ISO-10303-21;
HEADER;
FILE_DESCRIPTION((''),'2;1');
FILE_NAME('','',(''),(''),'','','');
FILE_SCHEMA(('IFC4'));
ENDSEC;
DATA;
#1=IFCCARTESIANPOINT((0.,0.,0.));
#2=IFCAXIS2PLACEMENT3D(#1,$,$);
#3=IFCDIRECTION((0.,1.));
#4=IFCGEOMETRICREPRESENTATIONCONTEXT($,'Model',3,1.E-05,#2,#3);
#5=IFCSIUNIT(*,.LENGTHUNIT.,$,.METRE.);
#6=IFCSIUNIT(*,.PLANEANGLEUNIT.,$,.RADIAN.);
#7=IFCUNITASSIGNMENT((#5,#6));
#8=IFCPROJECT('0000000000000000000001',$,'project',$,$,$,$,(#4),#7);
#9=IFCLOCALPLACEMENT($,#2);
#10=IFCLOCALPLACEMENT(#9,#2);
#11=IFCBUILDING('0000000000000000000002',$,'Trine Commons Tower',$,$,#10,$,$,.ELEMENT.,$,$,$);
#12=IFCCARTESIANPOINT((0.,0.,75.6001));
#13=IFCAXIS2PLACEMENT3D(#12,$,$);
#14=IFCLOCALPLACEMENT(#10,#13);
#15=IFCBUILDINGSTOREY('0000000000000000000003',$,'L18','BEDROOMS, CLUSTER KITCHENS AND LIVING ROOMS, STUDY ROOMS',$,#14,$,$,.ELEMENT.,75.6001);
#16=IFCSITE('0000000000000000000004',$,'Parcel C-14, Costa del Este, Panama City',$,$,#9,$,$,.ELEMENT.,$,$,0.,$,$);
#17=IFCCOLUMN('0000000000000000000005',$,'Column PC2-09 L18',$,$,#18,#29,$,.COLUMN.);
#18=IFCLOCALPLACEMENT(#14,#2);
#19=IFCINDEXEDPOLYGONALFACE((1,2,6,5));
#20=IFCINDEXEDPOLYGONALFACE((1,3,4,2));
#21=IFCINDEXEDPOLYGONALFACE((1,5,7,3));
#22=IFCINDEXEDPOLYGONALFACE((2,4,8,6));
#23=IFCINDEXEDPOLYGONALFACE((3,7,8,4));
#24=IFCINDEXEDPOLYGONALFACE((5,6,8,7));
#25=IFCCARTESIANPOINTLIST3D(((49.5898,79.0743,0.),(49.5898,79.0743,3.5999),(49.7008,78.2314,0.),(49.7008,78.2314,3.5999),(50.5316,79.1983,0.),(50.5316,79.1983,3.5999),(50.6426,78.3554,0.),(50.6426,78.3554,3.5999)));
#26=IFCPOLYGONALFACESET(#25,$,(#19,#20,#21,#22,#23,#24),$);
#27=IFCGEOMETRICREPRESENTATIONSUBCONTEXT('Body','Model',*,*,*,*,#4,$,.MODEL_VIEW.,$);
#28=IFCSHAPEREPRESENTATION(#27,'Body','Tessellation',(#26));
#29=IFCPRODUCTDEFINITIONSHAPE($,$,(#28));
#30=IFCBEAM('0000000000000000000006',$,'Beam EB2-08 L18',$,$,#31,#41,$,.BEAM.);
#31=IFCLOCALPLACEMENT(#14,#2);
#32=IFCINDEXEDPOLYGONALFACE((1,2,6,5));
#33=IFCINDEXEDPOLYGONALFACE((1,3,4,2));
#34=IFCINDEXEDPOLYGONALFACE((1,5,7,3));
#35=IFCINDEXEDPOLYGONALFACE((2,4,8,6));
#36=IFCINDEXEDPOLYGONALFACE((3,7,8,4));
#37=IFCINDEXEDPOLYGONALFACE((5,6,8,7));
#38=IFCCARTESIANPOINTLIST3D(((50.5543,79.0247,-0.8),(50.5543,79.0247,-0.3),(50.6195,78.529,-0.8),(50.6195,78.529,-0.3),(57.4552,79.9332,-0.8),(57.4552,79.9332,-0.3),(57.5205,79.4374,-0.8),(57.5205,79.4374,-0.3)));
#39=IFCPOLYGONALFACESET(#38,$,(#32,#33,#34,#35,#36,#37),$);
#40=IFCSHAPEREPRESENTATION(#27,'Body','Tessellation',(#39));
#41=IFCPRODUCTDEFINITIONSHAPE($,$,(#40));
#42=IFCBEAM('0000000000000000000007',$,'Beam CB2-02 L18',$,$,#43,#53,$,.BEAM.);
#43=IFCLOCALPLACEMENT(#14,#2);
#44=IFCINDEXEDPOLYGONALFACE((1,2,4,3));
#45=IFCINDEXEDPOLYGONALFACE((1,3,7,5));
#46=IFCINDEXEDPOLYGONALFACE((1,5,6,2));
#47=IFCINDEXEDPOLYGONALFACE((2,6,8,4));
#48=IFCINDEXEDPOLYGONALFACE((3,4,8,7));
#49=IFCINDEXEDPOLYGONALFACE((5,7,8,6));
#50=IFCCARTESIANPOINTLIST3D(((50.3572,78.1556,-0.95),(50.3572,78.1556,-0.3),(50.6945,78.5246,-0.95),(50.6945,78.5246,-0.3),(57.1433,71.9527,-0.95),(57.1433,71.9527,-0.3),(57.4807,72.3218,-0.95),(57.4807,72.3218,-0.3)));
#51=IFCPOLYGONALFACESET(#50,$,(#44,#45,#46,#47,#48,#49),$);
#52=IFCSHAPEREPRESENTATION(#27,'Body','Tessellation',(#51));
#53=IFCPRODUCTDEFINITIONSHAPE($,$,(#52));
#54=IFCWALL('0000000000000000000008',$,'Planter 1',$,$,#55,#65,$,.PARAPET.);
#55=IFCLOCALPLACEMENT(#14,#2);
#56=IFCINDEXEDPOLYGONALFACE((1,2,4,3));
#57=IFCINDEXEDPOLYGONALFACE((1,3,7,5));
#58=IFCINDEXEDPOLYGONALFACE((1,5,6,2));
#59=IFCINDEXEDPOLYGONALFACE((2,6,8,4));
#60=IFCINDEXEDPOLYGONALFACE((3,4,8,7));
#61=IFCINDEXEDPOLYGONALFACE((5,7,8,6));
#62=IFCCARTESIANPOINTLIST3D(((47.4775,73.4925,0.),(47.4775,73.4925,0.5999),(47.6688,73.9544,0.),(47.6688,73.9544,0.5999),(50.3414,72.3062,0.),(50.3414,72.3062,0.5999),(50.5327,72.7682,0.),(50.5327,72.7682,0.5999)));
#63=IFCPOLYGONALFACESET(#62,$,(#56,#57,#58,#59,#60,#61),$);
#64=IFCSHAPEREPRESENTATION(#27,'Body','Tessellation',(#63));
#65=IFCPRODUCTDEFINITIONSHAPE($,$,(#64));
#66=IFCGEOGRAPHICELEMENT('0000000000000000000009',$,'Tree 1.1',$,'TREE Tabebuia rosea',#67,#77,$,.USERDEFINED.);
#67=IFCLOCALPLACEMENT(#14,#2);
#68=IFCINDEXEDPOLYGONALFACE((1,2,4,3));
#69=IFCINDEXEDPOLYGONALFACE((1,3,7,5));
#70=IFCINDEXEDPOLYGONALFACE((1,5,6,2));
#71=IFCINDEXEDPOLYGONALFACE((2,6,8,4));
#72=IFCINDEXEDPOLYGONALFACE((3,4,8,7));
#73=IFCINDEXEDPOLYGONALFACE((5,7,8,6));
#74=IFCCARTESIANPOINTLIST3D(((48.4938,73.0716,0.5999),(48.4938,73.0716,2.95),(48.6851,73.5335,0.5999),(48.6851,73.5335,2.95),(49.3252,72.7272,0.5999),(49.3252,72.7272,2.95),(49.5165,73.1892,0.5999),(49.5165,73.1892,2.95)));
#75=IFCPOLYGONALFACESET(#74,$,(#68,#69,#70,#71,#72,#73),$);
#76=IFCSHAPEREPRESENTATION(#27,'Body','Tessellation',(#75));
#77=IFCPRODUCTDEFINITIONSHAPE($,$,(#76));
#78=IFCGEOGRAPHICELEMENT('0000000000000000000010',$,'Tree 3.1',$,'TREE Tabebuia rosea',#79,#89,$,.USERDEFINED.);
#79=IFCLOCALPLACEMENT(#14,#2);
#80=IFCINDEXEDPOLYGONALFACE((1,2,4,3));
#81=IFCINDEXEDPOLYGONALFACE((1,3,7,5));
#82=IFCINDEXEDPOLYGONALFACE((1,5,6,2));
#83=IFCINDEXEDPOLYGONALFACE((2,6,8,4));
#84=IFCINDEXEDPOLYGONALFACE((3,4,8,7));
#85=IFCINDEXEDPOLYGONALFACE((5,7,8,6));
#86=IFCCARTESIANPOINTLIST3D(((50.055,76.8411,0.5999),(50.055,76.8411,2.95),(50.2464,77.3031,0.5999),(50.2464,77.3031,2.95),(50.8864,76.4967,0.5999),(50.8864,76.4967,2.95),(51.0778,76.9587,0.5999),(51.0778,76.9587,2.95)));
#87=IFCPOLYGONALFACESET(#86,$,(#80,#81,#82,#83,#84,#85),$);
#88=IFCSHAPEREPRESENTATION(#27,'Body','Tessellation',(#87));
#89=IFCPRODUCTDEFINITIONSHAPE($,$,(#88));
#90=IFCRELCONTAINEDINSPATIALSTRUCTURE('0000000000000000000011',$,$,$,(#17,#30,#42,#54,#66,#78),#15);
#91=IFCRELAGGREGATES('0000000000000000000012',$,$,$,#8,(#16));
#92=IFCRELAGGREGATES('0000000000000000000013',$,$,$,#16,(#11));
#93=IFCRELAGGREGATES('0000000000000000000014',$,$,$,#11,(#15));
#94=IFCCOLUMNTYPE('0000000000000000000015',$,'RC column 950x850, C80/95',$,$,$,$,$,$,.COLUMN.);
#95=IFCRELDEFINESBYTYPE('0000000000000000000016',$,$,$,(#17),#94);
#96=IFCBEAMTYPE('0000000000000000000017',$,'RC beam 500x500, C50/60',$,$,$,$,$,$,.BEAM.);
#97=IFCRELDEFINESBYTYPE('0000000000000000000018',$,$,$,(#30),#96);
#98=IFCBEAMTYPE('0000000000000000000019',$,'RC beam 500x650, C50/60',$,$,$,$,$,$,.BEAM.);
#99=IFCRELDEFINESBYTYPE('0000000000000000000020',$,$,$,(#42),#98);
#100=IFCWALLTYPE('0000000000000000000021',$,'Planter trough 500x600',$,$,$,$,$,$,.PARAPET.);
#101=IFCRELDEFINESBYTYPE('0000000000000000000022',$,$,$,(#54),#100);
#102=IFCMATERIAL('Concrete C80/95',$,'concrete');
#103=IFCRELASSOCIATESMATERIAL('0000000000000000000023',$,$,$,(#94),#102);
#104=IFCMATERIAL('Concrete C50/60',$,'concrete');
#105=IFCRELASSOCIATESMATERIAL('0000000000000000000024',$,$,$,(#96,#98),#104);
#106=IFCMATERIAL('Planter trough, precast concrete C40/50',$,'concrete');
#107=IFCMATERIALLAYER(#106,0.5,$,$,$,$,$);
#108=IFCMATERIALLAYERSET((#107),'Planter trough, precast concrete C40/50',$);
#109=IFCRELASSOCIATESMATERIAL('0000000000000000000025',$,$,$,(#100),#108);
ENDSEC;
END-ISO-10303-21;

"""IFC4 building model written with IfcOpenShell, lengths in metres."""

from ifc_helpers import new_model, si_unit, direction, frame, frame_2d, origin, origin_2d, place, context, subcontext, project, spatial, rectangle, extrude, material, layer, layer_set, material_profile, profile_set, type_object, element, save


model = new_model("IFC4")

# Units and contexts
model_context = context("Model", 3, precision=1e-05, world=origin(), true_north=direction((0.0, 1.0)))
body_context = subcontext(model_context, "Body", "Model", "MODEL_VIEW")
ifc_project = project(units=[si_unit("LENGTHUNIT", "METRE"), si_unit("PLANEANGLEUNIT", "RADIAN")], contexts=[model_context])

# Site, building, storey
site_placement = place(None, origin())
site = spatial("IfcSite", under=ifc_project, at=site_placement, Name="Parcel C-14, Costa del Este, Panama City", CompositionType="ELEMENT", RefElevation=0.0)
building_placement = place(site_placement, origin())
building = spatial("IfcBuilding", under=site, at=building_placement, Name="Trine Commons Tower", CompositionType="ELEMENT")
storey_placement = place(building_placement, frame((0.0, 0.0, 75.6001)))
storey = spatial("IfcBuildingStorey", under=building, at=storey_placement, Name="L18", Description="BEDROOMS, CLUSTER KITCHENS AND LIVING ROOMS, STUDY ROOMS", CompositionType="ELEMENT", Elevation=75.6001)

# Column
ifc_material_1 = material(Name="Concrete C80/95", Category="concrete")
ifc_material_profile_1 = material_profile(ifc_material_1, rectangle(XDim=0.95, YDim=0.8501, at=origin_2d()), Name="RC 950x850")
ifc_profile_set_1 = profile_set([ifc_material_profile_1], Name="Concrete C80/95")
column_type = type_object("IfcColumnType", Name="RC column 950x850, C80/95", PredefinedType="COLUMN", material=ifc_profile_set_1)
column_placement = place(storey_placement, frame((50.1162, 78.7148, 0.0), z_axis=(0.0, 0.0, 1.0), x_axis=(0.991445, 0.130526, 0.0)))
element("IfcColumn", 1, at=column_placement, inside=storey, type_object=column_type, Name="Column PC2-09 L18", PredefinedType="COLUMN", context=body_context, shape_type="SweptSolid", body=[
    extrude(rectangle(XDim=0.95, YDim=0.8501, at=origin_2d()), origin(), (0.0, 0.0, 1.0), 3.5999),
])

# Beams
ifc_material_2 = material(Name="Concrete C50/60", Category="concrete")
ifc_material_profile_2 = material_profile(ifc_material_2, rectangle(XDim=0.5, YDim=0.5, at=origin_2d()), Name="RC 500x500")
ifc_profile_set_2 = profile_set([ifc_material_profile_2], Name="Concrete C50/60")
beam_type_1 = type_object("IfcBeamType", Name="RC beam 500x500, C50/60", PredefinedType="BEAM", material=ifc_profile_set_2)
beam_1_placement = place(storey_placement, frame((50.5869, 78.7769, -0.55), z_axis=(0.991446, 0.130516, 0.0), x_axis=(-0.130516, 0.991446, 0.0)))
element("IfcBeam", 2, at=beam_1_placement, inside=storey, type_object=beam_type_1, Name="Beam EB2-08 L18", PredefinedType="BEAM", context=body_context, shape_type="SweptSolid", body=[
    extrude(rectangle(XDim=0.5, YDim=0.5, at=origin_2d()), origin(), (0.0, 0.0, 1.0), 6.9604),
])
ifc_material_profile_3 = material_profile(ifc_material_2, rectangle(XDim=0.5, YDim=0.6499, at=origin_2d()), Name="RC 500x650")
ifc_profile_set_3 = profile_set([ifc_material_profile_3], Name="Concrete C50/60")
beam_type_2 = type_object("IfcBeamType", Name="RC beam 500x650, C50/60", PredefinedType="BEAM", material=ifc_profile_set_3)
beam_2_placement = place(storey_placement, frame((50.5259, 78.3401, -0.625), z_axis=(0.738115, -0.674675, 0.0), x_axis=(0.674675, 0.738115, 0.0)))
element("IfcBeam", 3, at=beam_2_placement, inside=storey, type_object=beam_type_2, Name="Beam CB2-02 L18", PredefinedType="BEAM", context=body_context, shape_type="SweptSolid", body=[
    extrude(rectangle(XDim=0.5, YDim=0.6499, at=origin_2d()), origin(), (0.0, 0.0, 1.0), 9.1938),
])

# Wall
ifc_material_3 = material(Name="Planter trough, precast concrete C40/50", Category="concrete")
ifc_layer = layer(ifc_material_3, 0.5)
ifc_layer_set = layer_set([ifc_layer], Name="Planter trough, precast concrete C40/50")
wall_type = type_object("IfcWallType", Name="Planter trough 500x600", PredefinedType="PARAPET", material=ifc_layer_set)
wall_placement = place(storey_placement, frame((47.5732, 73.7234, 0.0), z_axis=(0.0, 0.0, 1.0), x_axis=(0.923883, -0.382674, 0.0)))
element("IfcWall", 4, at=wall_placement, inside=storey, type_object=wall_type, Name="Planter 1", PredefinedType="PARAPET", context=body_context, shape_type="SweptSolid", body=[
    extrude(rectangle(XDim=3.0999, YDim=0.5, at=frame_2d((1.5498, 0.0))), origin(), (0.0, 0.0, 1.0), 0.5999),
])

# Geographic elements
for number, where, z_axis, x_axis, name in (
    (5, (49.0051, 73.1304, 0.5999), (0.0, 0.0, 1.0), (0.923886, -0.382669, 0.0), "Tree 1.1"),
    (6, (50.5664, 76.8999, 0.5999), (0.0, 0.0, 1.0), (-0.923886, 0.382669, 0.0), "Tree 3.1"),
):
    element("IfcGeographicElement", number, at=place(storey_placement, frame(where, z_axis=z_axis, x_axis=x_axis)), inside=storey, Name=name, ObjectType="TREE Tabebuia rosea", PredefinedType="USERDEFINED", context=body_context, shape_type="SweptSolid", body=[
        extrude(rectangle(XDim=0.8999, YDim=0.5, at=origin_2d()), origin(), (0.0, 0.0, 1.0), 2.3501),
    ])

save(model, "model.ifc")
